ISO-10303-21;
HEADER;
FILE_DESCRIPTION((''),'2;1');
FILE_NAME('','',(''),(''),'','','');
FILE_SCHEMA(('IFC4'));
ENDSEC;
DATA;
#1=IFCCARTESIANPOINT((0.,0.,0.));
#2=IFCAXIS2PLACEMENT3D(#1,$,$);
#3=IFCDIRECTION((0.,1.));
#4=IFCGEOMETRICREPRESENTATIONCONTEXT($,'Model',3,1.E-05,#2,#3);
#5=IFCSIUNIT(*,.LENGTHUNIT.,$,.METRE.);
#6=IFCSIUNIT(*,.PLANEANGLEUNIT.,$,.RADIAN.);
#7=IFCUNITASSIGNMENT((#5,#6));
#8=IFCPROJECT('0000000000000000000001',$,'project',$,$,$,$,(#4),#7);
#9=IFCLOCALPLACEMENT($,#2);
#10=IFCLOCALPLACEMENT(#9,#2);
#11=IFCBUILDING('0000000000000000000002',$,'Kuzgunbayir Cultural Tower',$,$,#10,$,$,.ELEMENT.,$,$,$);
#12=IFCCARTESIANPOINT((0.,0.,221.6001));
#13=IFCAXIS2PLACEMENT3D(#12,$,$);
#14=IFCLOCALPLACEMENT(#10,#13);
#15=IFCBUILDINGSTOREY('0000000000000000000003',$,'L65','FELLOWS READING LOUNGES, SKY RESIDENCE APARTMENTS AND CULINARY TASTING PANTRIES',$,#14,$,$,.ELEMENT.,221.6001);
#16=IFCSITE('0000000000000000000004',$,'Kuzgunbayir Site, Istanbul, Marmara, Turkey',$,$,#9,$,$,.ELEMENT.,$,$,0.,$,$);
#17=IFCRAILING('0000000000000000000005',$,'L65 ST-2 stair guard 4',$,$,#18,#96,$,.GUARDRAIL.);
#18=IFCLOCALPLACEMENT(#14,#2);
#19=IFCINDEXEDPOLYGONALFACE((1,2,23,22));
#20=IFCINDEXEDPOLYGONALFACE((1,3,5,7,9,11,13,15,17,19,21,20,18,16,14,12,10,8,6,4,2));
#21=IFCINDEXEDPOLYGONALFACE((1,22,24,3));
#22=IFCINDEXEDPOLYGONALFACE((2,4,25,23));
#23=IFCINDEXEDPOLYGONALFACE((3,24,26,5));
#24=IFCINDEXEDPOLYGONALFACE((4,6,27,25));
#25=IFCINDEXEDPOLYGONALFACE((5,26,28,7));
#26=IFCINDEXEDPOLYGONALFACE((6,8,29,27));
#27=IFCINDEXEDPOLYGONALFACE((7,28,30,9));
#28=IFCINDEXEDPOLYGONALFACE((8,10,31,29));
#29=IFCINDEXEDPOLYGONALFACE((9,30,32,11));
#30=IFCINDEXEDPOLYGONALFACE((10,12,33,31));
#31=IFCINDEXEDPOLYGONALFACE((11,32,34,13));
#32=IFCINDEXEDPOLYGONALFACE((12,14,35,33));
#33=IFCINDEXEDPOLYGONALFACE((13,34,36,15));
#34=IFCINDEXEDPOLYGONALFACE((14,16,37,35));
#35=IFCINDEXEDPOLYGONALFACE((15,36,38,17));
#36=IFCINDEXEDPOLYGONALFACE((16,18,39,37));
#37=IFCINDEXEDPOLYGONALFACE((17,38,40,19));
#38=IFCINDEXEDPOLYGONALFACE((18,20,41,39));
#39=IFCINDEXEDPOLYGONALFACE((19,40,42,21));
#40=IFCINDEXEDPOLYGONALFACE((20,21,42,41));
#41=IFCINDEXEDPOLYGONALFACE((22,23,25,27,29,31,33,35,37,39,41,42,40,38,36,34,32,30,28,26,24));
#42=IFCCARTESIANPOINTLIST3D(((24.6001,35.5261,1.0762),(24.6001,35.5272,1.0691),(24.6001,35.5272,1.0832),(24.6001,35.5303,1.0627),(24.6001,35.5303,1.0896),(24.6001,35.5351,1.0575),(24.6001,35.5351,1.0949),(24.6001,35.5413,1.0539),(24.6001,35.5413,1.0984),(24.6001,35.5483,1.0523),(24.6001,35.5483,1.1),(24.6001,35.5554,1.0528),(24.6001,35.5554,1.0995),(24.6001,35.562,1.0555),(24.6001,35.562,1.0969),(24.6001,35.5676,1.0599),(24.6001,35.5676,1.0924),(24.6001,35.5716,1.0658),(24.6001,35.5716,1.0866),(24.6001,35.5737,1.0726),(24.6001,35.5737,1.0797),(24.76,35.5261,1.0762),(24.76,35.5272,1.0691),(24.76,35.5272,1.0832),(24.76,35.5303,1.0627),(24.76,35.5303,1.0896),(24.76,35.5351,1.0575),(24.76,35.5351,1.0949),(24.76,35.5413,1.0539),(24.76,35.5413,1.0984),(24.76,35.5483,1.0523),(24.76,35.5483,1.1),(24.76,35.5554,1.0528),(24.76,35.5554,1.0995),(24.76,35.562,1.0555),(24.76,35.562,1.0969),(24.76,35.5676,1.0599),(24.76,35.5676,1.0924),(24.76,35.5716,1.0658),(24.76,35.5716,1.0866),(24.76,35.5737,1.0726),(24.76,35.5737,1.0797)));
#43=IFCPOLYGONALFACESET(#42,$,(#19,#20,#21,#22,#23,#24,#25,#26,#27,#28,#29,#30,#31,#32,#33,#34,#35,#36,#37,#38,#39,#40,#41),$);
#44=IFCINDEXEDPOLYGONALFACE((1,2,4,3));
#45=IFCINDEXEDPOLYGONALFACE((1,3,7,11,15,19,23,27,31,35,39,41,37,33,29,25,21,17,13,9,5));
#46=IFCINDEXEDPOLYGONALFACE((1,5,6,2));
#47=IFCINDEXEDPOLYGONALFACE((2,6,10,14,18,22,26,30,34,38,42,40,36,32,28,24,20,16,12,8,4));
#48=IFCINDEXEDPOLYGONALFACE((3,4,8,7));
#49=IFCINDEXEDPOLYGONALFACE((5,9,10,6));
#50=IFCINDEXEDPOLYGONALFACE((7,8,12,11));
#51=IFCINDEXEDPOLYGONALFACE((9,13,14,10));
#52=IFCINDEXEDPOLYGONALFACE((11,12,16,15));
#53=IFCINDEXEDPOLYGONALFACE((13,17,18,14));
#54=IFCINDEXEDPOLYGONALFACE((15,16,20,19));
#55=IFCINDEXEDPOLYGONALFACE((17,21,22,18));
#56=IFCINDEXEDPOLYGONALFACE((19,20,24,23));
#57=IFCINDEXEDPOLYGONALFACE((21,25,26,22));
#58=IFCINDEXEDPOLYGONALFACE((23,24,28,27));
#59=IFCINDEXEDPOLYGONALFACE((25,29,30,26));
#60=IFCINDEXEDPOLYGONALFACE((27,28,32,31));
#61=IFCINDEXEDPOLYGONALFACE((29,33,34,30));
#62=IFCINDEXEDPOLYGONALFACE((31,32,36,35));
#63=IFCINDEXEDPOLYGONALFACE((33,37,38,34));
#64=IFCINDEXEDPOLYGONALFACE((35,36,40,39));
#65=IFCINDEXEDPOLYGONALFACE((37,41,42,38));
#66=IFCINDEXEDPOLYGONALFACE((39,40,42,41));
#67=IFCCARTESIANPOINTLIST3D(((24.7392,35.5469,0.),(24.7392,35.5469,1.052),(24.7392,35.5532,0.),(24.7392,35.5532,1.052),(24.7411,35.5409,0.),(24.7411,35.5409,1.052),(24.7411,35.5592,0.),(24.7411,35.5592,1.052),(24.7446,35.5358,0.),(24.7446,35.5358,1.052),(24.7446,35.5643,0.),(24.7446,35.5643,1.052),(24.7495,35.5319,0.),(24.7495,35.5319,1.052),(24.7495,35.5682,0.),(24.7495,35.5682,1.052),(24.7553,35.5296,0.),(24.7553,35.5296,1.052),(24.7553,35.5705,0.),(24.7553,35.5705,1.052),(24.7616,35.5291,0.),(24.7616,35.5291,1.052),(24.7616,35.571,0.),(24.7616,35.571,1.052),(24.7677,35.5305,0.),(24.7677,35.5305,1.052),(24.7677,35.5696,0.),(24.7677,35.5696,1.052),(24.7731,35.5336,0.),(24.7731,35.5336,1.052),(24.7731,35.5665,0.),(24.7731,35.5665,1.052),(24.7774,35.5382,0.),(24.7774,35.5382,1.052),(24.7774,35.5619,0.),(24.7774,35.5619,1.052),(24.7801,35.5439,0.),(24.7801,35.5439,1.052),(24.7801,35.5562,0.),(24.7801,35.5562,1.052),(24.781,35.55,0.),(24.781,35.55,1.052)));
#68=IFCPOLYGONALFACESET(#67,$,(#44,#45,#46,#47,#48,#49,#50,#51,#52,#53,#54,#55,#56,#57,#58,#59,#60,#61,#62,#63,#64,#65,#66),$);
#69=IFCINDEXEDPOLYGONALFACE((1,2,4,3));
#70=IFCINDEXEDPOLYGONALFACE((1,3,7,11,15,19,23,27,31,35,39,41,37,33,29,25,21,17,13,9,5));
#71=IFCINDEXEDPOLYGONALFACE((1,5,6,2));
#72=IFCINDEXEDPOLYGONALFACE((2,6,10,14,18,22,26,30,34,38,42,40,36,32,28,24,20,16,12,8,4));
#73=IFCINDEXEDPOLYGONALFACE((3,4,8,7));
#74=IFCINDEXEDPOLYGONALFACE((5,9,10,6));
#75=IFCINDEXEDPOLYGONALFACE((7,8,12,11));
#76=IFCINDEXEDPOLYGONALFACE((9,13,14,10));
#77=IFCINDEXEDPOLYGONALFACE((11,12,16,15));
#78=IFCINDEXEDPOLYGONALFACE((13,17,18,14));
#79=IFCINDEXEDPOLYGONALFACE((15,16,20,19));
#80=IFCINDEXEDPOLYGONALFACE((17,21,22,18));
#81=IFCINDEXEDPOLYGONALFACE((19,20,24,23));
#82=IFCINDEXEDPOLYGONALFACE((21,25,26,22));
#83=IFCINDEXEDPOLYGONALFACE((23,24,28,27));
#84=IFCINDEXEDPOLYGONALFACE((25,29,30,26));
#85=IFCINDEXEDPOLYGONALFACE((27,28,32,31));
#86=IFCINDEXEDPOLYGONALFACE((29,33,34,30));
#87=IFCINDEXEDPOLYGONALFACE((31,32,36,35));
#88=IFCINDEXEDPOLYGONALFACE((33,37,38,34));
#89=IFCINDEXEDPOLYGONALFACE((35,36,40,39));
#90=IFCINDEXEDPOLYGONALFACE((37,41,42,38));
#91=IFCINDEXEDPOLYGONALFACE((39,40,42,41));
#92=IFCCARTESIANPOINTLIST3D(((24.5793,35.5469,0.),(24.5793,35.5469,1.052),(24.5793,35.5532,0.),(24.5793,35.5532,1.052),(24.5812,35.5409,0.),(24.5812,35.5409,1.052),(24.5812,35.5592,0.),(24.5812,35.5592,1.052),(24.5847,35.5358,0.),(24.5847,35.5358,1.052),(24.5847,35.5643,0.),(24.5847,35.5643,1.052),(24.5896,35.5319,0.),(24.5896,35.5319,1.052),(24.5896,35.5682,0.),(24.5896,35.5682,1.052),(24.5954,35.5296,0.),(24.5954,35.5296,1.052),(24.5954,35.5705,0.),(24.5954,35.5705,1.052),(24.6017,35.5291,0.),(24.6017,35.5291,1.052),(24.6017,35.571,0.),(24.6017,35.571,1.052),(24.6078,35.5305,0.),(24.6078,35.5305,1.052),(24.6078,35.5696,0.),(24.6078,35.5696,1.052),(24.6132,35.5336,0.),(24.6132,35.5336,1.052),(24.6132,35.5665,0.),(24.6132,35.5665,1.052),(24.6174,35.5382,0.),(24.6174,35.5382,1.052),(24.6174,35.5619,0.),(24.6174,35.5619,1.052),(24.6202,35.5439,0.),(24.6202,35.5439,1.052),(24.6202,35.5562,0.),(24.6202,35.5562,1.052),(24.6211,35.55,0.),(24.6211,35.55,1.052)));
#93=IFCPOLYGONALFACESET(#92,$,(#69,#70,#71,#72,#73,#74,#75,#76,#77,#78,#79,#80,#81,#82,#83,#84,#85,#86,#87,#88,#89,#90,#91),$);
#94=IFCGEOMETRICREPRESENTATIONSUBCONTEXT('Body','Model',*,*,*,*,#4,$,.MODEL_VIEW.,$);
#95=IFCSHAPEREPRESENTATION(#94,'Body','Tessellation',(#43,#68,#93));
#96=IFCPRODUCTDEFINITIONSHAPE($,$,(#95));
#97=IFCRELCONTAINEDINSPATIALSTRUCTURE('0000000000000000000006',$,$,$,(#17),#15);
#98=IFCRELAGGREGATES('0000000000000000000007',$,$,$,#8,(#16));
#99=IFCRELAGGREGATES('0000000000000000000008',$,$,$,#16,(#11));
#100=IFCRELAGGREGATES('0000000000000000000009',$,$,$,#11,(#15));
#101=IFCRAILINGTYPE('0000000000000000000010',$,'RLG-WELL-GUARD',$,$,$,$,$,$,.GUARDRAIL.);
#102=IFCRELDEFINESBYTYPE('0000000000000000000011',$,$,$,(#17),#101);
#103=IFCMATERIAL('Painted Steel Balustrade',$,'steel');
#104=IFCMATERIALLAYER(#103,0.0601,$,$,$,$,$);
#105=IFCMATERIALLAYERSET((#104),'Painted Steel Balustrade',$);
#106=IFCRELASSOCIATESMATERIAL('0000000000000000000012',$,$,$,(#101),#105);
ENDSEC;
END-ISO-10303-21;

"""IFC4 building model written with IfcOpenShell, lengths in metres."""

from ifc_helpers import new_model, si_unit, direction, frame, origin, origin_2d, place, context, subcontext, project, spatial, circle, extrude, material, layer, layer_set, type_object, element, save


model = new_model("IFC4")

# Units and contexts
model_context = context("Model", 3, precision=1e-05, world=origin(), true_north=direction((0.0, 1.0)))
body_context = subcontext(model_context, "Body", "Model", "MODEL_VIEW")
ifc_project = project(units=[si_unit("LENGTHUNIT", "METRE"), si_unit("PLANEANGLEUNIT", "RADIAN")], contexts=[model_context])

# Site, building, storey
site_placement = place(None, origin())
site = spatial("IfcSite", under=ifc_project, at=site_placement, Name="Kuzgunbayir Site, Istanbul, Marmara, Turkey", CompositionType="ELEMENT", RefElevation=0.0)
building_placement = place(site_placement, origin())
building = spatial("IfcBuilding", under=site, at=building_placement, Name="Kuzgunbayir Cultural Tower", CompositionType="ELEMENT")
storey_placement = place(building_placement, frame((0.0, 0.0, 221.6001)))
storey = spatial("IfcBuildingStorey", under=building, at=storey_placement, Name="L65", Description="FELLOWS READING LOUNGES, SKY RESIDENCE APARTMENTS AND CULINARY TASTING PANTRIES", CompositionType="ELEMENT", Elevation=221.6001)

# Railing
ifc_material_1 = material(Name="Painted Steel Balustrade", Category="steel")
ifc_layer_1 = layer(ifc_material_1, 0.0601)
ifc_layer_set_1 = layer_set([ifc_layer_1], Name="Painted Steel Balustrade")
railing_type_1 = type_object("IfcRailingType", Name="RLG-WELL-GUARD", PredefinedType="GUARDRAIL", material=ifc_layer_set_1)
railing_1_placement = place(storey_placement, frame((24.76, 35.55, 0.0)))
element("IfcRailing", 1, at=railing_1_placement, inside=storey, type_object=railing_type_1, Name="L65 ST-2 stair guard 4", PredefinedType="GUARDRAIL", context=body_context, shape_type="SweptSolid", body=[
    extrude(circle(Radius=0.0239, at=origin_2d()), frame((0.0, 0.0, 1.0762), z_axis=(-1.0, 0.0, 0.0), x_axis=(0.0, -1.0, 0.0)), (0.0, 0.0, 1.0), 0.1599),
    extrude(circle(Radius=0.021, at=origin_2d()), origin(), (0.0, 0.0, 1.0), 1.052),
    extrude(circle(Radius=0.021, at=origin_2d()), frame((-0.1599, 0.0, 0.0)), (0.0, 0.0, 1.0), 1.052),
])

save(model, "model.ifc")
